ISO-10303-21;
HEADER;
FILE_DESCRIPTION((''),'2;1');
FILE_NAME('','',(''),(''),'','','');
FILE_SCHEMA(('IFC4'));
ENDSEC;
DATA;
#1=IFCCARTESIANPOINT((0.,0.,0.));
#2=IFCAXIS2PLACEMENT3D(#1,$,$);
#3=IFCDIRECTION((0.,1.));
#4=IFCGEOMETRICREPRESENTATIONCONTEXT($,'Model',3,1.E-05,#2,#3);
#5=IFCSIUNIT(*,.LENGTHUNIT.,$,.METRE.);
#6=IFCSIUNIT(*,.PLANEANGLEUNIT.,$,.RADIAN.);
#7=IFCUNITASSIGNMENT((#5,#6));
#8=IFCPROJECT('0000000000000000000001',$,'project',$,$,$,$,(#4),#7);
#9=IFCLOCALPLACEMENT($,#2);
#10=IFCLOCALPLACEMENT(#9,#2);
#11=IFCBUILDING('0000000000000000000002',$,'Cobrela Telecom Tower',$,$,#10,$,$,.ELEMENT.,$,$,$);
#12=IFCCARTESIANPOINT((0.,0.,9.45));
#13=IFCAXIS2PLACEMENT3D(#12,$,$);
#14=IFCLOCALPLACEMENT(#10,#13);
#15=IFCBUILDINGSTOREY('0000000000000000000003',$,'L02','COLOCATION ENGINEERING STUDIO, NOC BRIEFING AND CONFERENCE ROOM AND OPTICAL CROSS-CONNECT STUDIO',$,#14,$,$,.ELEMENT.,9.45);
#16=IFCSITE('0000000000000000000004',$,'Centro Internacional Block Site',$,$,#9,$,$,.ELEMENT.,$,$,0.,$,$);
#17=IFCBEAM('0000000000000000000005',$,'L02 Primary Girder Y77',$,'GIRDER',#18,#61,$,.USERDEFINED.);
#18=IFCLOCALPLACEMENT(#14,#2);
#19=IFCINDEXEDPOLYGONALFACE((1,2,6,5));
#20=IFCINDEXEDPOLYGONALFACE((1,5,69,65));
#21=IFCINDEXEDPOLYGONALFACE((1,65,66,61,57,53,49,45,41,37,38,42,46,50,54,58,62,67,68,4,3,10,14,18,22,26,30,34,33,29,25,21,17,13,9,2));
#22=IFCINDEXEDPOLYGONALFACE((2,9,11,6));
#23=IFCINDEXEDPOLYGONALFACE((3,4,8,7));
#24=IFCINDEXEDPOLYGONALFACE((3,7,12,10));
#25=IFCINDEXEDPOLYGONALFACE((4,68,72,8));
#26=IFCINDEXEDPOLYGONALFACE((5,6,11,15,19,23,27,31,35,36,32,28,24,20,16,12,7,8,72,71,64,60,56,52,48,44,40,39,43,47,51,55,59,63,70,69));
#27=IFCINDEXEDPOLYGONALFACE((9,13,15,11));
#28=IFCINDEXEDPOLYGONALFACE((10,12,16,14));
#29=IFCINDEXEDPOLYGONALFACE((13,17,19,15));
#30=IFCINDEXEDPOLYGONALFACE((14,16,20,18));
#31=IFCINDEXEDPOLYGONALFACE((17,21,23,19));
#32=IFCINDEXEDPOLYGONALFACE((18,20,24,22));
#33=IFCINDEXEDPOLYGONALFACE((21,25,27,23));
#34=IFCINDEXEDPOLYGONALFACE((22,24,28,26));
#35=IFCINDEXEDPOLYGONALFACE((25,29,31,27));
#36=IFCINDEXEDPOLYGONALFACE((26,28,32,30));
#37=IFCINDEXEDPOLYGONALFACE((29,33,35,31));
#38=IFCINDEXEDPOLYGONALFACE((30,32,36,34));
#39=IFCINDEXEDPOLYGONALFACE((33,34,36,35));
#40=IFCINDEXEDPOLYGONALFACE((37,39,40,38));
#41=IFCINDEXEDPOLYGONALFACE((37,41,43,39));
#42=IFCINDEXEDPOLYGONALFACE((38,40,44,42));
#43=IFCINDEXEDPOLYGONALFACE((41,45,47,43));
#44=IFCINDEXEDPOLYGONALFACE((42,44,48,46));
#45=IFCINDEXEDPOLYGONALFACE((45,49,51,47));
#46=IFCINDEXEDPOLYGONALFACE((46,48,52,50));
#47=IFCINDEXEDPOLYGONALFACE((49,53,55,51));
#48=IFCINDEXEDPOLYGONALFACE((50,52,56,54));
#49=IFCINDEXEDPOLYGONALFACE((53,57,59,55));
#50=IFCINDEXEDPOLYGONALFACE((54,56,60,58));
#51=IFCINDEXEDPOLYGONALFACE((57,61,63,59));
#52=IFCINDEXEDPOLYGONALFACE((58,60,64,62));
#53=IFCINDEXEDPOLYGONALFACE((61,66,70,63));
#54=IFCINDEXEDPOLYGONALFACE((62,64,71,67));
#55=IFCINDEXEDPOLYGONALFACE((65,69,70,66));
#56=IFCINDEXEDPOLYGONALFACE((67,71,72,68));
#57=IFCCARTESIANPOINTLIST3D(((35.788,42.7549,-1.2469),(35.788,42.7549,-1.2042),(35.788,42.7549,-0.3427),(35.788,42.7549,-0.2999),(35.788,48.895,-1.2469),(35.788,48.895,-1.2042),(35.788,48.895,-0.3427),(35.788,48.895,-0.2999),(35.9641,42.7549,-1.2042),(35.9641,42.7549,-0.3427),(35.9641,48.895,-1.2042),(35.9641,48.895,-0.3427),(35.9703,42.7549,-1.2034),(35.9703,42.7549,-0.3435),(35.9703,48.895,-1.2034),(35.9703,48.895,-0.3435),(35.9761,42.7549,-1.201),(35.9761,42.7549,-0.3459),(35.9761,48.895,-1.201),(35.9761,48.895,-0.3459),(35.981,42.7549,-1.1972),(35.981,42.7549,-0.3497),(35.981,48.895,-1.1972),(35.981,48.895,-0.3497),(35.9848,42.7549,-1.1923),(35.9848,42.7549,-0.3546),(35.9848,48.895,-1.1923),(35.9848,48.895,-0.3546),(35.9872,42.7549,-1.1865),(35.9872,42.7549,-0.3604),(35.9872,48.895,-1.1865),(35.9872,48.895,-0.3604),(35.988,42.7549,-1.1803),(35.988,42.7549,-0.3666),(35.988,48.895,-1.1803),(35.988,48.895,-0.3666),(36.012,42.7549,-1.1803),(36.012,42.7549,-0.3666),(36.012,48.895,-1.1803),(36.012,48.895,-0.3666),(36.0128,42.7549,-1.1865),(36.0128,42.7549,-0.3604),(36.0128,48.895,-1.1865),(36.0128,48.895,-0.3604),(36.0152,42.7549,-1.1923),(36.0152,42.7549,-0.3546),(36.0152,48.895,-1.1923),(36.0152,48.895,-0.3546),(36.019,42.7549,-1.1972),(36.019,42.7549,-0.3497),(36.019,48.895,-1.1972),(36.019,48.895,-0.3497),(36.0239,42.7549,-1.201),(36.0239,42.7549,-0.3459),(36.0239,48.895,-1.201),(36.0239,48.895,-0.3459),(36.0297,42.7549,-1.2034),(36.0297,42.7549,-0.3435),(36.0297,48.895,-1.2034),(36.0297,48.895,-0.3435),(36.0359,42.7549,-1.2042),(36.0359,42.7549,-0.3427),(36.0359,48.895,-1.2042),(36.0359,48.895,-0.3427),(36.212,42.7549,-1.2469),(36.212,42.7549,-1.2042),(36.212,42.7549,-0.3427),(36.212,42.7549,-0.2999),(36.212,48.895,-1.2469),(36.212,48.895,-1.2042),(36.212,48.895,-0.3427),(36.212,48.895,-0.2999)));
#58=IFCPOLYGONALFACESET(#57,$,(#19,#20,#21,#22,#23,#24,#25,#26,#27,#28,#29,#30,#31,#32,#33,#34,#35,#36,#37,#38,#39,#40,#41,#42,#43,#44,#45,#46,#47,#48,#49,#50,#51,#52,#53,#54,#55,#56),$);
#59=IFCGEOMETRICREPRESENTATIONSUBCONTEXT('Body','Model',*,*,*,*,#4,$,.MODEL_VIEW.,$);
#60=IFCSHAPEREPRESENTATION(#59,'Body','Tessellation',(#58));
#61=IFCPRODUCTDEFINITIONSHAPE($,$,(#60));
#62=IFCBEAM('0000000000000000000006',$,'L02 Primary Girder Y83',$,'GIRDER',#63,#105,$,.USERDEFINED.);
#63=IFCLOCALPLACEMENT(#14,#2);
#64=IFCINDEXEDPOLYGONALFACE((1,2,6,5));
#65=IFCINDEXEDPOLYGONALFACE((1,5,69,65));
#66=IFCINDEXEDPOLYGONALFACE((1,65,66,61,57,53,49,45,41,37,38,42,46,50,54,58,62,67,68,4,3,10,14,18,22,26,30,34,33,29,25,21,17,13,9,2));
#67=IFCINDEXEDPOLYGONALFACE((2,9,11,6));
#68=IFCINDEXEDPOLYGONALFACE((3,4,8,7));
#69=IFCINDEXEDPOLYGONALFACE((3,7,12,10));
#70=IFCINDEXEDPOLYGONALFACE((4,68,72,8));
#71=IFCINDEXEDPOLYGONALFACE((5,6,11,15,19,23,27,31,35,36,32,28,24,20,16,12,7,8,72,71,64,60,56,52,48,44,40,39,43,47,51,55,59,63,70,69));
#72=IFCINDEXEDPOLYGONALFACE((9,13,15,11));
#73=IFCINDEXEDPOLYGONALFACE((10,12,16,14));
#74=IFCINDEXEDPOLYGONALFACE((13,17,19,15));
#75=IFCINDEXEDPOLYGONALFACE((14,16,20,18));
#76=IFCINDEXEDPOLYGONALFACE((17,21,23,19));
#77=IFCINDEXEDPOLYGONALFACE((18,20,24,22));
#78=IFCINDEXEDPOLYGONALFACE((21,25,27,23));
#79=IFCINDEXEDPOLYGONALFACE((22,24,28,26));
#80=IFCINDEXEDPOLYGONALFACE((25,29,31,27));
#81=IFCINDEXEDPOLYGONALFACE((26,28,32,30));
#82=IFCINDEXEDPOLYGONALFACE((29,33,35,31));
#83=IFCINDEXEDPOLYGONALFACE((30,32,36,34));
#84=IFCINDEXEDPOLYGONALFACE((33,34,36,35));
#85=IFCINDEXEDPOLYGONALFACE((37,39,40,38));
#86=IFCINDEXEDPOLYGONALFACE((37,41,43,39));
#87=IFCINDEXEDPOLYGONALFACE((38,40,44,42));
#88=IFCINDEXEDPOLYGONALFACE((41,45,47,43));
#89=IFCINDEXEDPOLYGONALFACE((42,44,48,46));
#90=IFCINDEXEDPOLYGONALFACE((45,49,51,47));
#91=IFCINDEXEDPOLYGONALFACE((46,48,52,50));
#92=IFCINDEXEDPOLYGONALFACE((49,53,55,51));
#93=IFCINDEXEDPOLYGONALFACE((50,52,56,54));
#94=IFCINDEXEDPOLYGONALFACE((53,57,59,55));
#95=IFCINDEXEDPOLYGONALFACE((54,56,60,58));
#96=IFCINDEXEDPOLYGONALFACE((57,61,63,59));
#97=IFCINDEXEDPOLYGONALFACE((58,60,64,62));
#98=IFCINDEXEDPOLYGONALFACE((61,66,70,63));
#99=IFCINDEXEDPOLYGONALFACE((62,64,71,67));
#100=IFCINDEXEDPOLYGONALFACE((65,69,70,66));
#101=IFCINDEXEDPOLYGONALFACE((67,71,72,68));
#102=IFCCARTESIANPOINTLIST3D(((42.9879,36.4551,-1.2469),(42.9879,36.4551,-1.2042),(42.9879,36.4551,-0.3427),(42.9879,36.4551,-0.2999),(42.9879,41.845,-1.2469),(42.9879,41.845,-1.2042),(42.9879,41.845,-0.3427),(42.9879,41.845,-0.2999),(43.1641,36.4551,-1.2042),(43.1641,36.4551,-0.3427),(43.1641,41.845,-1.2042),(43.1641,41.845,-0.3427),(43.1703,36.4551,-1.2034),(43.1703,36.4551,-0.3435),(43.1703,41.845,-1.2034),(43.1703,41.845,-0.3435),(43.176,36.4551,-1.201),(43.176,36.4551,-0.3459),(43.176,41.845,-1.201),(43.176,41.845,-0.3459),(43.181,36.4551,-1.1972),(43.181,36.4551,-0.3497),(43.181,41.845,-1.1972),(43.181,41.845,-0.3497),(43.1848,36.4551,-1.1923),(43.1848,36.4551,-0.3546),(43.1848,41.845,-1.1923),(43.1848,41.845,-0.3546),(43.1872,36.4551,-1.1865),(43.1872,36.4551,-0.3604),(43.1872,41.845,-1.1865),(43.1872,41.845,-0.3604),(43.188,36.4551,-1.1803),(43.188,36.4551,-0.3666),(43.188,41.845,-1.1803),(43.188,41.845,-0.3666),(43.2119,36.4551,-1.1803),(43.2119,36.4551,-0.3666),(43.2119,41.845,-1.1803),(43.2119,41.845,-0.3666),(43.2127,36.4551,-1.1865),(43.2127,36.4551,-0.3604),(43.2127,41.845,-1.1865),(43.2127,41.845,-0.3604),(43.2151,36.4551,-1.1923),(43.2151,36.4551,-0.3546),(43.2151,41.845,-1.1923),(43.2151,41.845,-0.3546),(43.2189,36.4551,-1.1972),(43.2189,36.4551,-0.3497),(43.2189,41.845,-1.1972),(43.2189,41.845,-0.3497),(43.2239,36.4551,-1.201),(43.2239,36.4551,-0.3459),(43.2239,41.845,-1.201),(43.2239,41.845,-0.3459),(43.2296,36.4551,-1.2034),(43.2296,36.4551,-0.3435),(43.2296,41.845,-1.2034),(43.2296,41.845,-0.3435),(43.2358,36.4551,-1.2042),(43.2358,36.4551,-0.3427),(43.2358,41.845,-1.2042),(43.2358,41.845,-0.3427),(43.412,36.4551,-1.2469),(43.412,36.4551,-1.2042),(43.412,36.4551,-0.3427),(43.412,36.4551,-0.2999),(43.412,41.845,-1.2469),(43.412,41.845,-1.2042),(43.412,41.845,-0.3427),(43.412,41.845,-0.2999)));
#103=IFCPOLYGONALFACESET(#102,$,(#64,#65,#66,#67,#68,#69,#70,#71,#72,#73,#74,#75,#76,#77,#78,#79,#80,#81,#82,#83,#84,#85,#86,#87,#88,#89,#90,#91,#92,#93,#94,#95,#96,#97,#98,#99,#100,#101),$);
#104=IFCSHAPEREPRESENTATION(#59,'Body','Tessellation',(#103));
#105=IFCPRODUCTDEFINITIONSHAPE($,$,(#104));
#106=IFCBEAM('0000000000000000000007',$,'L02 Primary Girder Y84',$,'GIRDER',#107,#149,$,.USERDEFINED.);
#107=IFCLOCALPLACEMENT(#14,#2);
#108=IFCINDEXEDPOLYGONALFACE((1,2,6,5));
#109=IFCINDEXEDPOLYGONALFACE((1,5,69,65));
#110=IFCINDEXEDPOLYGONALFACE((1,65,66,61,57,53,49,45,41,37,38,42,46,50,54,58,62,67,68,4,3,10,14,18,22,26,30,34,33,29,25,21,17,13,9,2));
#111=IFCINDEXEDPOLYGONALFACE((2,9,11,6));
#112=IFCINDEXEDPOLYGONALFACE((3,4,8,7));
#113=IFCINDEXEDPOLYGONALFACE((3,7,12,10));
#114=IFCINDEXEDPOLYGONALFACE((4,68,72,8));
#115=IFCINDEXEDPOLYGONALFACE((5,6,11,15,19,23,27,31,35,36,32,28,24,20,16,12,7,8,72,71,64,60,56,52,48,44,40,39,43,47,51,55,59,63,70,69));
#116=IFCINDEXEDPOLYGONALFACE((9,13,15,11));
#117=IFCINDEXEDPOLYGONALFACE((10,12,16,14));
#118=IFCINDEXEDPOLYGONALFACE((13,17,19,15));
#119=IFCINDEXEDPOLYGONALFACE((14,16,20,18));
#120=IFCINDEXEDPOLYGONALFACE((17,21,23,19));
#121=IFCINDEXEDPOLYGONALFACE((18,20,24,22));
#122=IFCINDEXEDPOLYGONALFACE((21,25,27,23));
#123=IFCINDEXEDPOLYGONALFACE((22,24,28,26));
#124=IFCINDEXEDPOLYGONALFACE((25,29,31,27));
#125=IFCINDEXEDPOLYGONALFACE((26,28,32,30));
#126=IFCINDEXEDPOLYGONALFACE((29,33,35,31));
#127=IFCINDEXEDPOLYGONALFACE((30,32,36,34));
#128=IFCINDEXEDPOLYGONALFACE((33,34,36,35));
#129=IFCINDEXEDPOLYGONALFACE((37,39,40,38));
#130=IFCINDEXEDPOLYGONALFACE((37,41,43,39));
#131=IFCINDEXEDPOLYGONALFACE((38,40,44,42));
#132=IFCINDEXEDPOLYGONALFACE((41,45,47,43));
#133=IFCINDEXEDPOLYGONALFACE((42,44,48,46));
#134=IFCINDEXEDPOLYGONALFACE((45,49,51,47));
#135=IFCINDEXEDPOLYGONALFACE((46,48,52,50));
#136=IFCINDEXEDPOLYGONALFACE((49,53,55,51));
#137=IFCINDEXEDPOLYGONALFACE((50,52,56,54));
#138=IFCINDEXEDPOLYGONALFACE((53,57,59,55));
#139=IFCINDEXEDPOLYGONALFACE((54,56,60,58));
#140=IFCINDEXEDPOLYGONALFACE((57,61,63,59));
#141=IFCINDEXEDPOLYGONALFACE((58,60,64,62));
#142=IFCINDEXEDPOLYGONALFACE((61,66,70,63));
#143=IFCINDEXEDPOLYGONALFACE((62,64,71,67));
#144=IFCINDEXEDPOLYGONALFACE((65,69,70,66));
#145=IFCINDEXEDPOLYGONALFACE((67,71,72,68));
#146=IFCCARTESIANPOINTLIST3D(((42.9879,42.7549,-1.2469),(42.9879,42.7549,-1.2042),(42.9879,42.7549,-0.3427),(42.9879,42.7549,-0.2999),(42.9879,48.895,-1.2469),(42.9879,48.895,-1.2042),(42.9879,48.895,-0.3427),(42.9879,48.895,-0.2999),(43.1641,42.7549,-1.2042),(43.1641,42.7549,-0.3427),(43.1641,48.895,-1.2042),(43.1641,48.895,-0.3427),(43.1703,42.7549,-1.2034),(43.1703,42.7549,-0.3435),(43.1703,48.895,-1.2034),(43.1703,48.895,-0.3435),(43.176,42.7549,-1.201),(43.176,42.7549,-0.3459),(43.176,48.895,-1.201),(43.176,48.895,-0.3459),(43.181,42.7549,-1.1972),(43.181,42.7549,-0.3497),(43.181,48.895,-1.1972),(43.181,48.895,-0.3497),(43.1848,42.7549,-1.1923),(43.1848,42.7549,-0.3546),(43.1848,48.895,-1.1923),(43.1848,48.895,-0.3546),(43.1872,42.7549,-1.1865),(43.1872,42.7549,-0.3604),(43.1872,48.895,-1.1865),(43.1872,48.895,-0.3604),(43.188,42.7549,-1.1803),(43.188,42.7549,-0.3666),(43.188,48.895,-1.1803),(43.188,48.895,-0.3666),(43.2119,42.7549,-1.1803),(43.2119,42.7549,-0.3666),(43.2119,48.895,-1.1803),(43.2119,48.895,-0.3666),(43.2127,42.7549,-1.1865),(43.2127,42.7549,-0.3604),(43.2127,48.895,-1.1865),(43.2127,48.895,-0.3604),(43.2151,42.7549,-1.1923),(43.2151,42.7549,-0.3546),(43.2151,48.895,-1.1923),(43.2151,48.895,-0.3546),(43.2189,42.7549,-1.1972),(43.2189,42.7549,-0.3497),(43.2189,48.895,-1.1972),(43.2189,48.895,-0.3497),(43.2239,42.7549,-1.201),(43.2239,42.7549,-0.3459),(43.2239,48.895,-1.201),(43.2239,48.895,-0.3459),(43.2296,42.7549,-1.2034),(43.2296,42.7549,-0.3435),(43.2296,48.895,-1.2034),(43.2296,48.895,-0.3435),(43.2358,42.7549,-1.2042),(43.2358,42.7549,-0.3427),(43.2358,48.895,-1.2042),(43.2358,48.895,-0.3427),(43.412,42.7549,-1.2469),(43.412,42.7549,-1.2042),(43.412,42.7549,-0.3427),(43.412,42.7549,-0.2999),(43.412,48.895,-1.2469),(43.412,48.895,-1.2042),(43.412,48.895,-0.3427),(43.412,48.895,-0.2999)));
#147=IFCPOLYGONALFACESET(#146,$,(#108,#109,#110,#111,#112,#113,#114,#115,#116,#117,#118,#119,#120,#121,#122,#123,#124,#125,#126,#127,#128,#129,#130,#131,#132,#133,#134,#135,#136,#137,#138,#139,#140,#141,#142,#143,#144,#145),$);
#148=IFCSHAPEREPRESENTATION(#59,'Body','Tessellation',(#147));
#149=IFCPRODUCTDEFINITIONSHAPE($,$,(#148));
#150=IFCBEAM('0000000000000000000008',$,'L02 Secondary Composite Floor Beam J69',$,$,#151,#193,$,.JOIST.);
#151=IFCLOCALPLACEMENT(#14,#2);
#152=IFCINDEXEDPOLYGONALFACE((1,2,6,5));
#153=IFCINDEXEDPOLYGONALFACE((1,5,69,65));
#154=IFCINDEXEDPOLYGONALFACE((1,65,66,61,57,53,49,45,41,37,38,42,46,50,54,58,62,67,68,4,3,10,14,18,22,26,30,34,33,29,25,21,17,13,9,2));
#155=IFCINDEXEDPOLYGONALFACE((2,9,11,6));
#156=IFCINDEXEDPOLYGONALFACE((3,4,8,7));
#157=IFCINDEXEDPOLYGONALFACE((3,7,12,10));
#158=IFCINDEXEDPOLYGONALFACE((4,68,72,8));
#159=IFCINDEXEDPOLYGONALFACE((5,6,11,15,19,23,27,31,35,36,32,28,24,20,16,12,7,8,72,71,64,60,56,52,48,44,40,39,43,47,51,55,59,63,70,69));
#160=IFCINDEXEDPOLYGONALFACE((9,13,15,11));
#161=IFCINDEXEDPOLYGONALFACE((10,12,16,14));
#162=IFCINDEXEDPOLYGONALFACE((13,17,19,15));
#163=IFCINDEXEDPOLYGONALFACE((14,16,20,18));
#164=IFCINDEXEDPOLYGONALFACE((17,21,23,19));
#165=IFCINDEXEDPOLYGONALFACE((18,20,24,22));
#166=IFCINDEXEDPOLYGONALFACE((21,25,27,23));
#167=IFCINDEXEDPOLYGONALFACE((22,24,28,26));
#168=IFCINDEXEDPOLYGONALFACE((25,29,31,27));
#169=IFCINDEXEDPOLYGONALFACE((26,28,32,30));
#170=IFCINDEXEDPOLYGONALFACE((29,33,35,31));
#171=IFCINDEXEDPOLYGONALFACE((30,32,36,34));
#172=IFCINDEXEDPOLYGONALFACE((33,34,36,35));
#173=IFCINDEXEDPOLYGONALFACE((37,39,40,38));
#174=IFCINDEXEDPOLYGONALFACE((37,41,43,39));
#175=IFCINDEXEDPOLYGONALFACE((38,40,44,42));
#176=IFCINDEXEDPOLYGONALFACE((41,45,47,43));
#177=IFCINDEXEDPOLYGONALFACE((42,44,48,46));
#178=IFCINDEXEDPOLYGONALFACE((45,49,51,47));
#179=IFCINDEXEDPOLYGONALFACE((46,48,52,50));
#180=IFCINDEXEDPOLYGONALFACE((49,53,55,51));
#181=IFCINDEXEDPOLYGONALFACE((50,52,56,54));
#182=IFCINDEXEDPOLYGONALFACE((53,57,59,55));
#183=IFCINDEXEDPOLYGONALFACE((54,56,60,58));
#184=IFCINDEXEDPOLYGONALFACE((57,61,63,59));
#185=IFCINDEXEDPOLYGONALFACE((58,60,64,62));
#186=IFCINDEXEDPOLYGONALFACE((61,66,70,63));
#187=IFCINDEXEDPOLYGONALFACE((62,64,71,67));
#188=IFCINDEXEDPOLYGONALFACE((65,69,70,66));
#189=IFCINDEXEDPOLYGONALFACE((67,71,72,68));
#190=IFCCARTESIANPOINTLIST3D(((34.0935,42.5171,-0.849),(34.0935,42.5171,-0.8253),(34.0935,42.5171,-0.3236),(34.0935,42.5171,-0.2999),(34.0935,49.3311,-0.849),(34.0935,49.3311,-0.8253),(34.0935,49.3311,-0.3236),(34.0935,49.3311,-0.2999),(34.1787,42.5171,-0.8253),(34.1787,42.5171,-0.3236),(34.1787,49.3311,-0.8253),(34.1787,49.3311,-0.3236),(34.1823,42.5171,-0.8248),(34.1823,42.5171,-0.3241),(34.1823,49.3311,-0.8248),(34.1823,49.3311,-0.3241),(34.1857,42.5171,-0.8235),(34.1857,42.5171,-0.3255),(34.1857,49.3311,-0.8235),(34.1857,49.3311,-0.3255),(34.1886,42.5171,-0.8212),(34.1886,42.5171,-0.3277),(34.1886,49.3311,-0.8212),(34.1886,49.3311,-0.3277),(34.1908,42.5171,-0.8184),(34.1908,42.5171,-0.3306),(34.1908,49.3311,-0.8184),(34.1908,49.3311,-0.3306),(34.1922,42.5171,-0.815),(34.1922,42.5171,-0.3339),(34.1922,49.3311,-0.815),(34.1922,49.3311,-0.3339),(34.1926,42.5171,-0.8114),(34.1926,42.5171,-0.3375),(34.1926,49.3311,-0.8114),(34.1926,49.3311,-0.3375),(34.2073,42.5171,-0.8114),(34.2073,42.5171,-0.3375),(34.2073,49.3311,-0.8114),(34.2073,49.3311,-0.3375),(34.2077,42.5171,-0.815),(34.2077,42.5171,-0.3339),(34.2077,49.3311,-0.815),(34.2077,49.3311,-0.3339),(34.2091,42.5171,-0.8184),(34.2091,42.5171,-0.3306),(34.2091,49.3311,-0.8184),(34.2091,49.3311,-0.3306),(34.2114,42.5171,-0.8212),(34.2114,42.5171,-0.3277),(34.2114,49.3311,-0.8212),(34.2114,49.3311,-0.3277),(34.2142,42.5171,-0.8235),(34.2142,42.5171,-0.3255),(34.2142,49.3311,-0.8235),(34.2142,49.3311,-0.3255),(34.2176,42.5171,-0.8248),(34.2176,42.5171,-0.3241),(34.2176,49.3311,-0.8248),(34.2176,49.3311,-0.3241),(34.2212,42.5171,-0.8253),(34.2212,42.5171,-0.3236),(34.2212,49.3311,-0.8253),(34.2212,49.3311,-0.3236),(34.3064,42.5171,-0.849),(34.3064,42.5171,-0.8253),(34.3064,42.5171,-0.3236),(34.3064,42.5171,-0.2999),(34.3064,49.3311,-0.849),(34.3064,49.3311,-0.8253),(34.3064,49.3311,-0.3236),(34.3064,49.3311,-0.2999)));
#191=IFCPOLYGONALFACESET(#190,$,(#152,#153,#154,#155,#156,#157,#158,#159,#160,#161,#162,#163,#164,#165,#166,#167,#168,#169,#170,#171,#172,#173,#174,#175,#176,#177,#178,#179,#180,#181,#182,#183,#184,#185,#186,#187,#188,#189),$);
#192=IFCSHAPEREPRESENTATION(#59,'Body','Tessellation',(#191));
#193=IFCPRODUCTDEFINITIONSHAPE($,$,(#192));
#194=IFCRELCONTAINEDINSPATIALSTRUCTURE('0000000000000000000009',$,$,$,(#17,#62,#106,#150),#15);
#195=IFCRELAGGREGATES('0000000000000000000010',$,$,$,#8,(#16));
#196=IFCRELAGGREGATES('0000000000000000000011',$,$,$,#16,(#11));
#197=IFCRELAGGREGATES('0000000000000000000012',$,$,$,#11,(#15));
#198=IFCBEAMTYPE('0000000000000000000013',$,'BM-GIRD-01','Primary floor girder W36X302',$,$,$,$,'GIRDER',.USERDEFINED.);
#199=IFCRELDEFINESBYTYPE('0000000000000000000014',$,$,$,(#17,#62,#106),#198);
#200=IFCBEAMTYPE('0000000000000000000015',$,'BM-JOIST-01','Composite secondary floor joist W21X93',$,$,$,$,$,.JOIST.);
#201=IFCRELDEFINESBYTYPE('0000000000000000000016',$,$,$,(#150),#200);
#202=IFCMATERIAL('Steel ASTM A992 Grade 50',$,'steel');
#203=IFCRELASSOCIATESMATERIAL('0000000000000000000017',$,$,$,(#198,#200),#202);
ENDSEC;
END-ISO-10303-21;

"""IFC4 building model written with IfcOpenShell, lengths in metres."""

from ifc_helpers import new_model, si_unit, direction, frame, origin, origin_2d, place, context, subcontext, project, spatial, i_section, extrude, material, material_profile, profile_set, type_object, element, save


model = new_model("IFC4")

# Units and contexts
model_context = context("Model", 3, precision=1e-05, world=origin(), true_north=direction((0.0, 1.0)))
body_context = subcontext(model_context, "Body", "Model", "MODEL_VIEW")
ifc_project = project(units=[si_unit("LENGTHUNIT", "METRE"), si_unit("PLANEANGLEUNIT", "RADIAN")], contexts=[model_context])

# Site, building, storey
site_placement = place(None, origin())
site = spatial("IfcSite", under=ifc_project, at=site_placement, Name="Centro Internacional Block Site", CompositionType="ELEMENT", RefElevation=0.0)
building_placement = place(site_placement, origin())
building = spatial("IfcBuilding", under=site, at=building_placement, Name="Cobrela Telecom Tower", CompositionType="ELEMENT")
storey_placement = place(building_placement, frame((0.0, 0.0, 9.45)))
storey = spatial("IfcBuildingStorey", under=building, at=storey_placement, Name="L02", Description="COLOCATION ENGINEERING STUDIO, NOC BRIEFING AND CONFERENCE ROOM AND OPTICAL CROSS-CONNECT STUDIO", CompositionType="ELEMENT", Elevation=9.45)

# Beams
ifc_material_1 = material(Name="Steel ASTM A992 Grade 50", Category="steel")
ifc_material_profile_1 = material_profile(ifc_material_1, i_section(OverallWidth=0.4241, OverallDepth=0.947, WebThickness=0.0239, FlangeThickness=0.0427, FilletRadius=0.0239, at=origin_2d()), Name="W36X302")
ifc_profile_set_1 = profile_set([ifc_material_profile_1], Name="Steel ASTM A992 Grade 50")
beam_type_1 = type_object("IfcBeamType", Name="BM-GIRD-01", Description="Primary floor girder W36X302", ElementType="GIRDER", PredefinedType="USERDEFINED", material=ifc_profile_set_1)
beam_1_placement = place(storey_placement, frame((36.0, 42.7549, -0.7734), z_axis=(0.0, 1.0, 0.0), x_axis=(-1.0, 0.0, 0.0)))
element("IfcBeam", 1, at=beam_1_placement, inside=storey, type_object=beam_type_1, Name="L02 Primary Girder Y77", ObjectType="GIRDER", PredefinedType="USERDEFINED", context=body_context, shape_type="SweptSolid", body=[
    extrude(i_section(OverallWidth=0.4241, OverallDepth=0.947, WebThickness=0.0239, FlangeThickness=0.0427, FilletRadius=0.0239, at=origin_2d()), origin(), (0.0, 0.0, 1.0), 6.1401),
])
beam_2_placement = place(storey_placement, frame((43.2, 36.4551, -0.7734), z_axis=(0.0, 1.0, 0.0), x_axis=(-1.0, 0.0, 0.0)))
element("IfcBeam", 2, at=beam_2_placement, inside=storey, type_object=beam_type_1, Name="L02 Primary Girder Y83", ObjectType="GIRDER", PredefinedType="USERDEFINED", context=body_context, shape_type="SweptSolid", body=[
    extrude(i_section(OverallWidth=0.4241, OverallDepth=0.947, WebThickness=0.0239, FlangeThickness=0.0427, FilletRadius=0.0239, at=origin_2d()), origin(), (0.0, 0.0, 1.0), 5.3899),
])
beam_3_placement = place(storey_placement, frame((43.2, 42.7549, -0.7734), z_axis=(0.0, 1.0, 0.0), x_axis=(-1.0, 0.0, 0.0)))
element("IfcBeam", 3, at=beam_3_placement, inside=storey, type_object=beam_type_1, Name="L02 Primary Girder Y84", ObjectType="GIRDER", PredefinedType="USERDEFINED", context=body_context, shape_type="SweptSolid", body=[
    extrude(i_section(OverallWidth=0.4241, OverallDepth=0.947, WebThickness=0.0239, FlangeThickness=0.0427, FilletRadius=0.0239, at=origin_2d()), origin(), (0.0, 0.0, 1.0), 6.1401),
])
ifc_material_profile_2 = material_profile(ifc_material_1, i_section(OverallWidth=0.2129, OverallDepth=0.5491, WebThickness=0.0146, FlangeThickness=0.0237, FilletRadius=0.0139, at=origin_2d()), Name="W21X93")
ifc_profile_set_2 = profile_set([ifc_material_profile_2], Name="Steel ASTM A992 Grade 50")
beam_type_2 = type_object("IfcBeamType", Name="BM-JOIST-01", Description="Composite secondary floor joist W21X93", PredefinedType="JOIST", material=ifc_profile_set_2)
for number, where, z_axis, x_axis, name in (
    (4, (34.2, 42.5171, -0.5745), (0.0, 1.0, 0.0), (-1.0, 0.0, 0.0), "L02 Secondary Composite Floor Beam J69"),
):
    element("IfcBeam", number, at=place(storey_placement, frame(where, z_axis=z_axis, x_axis=x_axis)), inside=storey, type_object=beam_type_2, Name=name, PredefinedType="JOIST", context=body_context, shape_type="SweptSolid", body=[
        extrude(i_section(OverallWidth=0.2129, OverallDepth=0.5491, WebThickness=0.0146, FlangeThickness=0.0237, FilletRadius=0.0139, at=origin_2d()), origin(), (0.0, 0.0, 1.0), 6.814),
    ])

save(model, "model.ifc")
